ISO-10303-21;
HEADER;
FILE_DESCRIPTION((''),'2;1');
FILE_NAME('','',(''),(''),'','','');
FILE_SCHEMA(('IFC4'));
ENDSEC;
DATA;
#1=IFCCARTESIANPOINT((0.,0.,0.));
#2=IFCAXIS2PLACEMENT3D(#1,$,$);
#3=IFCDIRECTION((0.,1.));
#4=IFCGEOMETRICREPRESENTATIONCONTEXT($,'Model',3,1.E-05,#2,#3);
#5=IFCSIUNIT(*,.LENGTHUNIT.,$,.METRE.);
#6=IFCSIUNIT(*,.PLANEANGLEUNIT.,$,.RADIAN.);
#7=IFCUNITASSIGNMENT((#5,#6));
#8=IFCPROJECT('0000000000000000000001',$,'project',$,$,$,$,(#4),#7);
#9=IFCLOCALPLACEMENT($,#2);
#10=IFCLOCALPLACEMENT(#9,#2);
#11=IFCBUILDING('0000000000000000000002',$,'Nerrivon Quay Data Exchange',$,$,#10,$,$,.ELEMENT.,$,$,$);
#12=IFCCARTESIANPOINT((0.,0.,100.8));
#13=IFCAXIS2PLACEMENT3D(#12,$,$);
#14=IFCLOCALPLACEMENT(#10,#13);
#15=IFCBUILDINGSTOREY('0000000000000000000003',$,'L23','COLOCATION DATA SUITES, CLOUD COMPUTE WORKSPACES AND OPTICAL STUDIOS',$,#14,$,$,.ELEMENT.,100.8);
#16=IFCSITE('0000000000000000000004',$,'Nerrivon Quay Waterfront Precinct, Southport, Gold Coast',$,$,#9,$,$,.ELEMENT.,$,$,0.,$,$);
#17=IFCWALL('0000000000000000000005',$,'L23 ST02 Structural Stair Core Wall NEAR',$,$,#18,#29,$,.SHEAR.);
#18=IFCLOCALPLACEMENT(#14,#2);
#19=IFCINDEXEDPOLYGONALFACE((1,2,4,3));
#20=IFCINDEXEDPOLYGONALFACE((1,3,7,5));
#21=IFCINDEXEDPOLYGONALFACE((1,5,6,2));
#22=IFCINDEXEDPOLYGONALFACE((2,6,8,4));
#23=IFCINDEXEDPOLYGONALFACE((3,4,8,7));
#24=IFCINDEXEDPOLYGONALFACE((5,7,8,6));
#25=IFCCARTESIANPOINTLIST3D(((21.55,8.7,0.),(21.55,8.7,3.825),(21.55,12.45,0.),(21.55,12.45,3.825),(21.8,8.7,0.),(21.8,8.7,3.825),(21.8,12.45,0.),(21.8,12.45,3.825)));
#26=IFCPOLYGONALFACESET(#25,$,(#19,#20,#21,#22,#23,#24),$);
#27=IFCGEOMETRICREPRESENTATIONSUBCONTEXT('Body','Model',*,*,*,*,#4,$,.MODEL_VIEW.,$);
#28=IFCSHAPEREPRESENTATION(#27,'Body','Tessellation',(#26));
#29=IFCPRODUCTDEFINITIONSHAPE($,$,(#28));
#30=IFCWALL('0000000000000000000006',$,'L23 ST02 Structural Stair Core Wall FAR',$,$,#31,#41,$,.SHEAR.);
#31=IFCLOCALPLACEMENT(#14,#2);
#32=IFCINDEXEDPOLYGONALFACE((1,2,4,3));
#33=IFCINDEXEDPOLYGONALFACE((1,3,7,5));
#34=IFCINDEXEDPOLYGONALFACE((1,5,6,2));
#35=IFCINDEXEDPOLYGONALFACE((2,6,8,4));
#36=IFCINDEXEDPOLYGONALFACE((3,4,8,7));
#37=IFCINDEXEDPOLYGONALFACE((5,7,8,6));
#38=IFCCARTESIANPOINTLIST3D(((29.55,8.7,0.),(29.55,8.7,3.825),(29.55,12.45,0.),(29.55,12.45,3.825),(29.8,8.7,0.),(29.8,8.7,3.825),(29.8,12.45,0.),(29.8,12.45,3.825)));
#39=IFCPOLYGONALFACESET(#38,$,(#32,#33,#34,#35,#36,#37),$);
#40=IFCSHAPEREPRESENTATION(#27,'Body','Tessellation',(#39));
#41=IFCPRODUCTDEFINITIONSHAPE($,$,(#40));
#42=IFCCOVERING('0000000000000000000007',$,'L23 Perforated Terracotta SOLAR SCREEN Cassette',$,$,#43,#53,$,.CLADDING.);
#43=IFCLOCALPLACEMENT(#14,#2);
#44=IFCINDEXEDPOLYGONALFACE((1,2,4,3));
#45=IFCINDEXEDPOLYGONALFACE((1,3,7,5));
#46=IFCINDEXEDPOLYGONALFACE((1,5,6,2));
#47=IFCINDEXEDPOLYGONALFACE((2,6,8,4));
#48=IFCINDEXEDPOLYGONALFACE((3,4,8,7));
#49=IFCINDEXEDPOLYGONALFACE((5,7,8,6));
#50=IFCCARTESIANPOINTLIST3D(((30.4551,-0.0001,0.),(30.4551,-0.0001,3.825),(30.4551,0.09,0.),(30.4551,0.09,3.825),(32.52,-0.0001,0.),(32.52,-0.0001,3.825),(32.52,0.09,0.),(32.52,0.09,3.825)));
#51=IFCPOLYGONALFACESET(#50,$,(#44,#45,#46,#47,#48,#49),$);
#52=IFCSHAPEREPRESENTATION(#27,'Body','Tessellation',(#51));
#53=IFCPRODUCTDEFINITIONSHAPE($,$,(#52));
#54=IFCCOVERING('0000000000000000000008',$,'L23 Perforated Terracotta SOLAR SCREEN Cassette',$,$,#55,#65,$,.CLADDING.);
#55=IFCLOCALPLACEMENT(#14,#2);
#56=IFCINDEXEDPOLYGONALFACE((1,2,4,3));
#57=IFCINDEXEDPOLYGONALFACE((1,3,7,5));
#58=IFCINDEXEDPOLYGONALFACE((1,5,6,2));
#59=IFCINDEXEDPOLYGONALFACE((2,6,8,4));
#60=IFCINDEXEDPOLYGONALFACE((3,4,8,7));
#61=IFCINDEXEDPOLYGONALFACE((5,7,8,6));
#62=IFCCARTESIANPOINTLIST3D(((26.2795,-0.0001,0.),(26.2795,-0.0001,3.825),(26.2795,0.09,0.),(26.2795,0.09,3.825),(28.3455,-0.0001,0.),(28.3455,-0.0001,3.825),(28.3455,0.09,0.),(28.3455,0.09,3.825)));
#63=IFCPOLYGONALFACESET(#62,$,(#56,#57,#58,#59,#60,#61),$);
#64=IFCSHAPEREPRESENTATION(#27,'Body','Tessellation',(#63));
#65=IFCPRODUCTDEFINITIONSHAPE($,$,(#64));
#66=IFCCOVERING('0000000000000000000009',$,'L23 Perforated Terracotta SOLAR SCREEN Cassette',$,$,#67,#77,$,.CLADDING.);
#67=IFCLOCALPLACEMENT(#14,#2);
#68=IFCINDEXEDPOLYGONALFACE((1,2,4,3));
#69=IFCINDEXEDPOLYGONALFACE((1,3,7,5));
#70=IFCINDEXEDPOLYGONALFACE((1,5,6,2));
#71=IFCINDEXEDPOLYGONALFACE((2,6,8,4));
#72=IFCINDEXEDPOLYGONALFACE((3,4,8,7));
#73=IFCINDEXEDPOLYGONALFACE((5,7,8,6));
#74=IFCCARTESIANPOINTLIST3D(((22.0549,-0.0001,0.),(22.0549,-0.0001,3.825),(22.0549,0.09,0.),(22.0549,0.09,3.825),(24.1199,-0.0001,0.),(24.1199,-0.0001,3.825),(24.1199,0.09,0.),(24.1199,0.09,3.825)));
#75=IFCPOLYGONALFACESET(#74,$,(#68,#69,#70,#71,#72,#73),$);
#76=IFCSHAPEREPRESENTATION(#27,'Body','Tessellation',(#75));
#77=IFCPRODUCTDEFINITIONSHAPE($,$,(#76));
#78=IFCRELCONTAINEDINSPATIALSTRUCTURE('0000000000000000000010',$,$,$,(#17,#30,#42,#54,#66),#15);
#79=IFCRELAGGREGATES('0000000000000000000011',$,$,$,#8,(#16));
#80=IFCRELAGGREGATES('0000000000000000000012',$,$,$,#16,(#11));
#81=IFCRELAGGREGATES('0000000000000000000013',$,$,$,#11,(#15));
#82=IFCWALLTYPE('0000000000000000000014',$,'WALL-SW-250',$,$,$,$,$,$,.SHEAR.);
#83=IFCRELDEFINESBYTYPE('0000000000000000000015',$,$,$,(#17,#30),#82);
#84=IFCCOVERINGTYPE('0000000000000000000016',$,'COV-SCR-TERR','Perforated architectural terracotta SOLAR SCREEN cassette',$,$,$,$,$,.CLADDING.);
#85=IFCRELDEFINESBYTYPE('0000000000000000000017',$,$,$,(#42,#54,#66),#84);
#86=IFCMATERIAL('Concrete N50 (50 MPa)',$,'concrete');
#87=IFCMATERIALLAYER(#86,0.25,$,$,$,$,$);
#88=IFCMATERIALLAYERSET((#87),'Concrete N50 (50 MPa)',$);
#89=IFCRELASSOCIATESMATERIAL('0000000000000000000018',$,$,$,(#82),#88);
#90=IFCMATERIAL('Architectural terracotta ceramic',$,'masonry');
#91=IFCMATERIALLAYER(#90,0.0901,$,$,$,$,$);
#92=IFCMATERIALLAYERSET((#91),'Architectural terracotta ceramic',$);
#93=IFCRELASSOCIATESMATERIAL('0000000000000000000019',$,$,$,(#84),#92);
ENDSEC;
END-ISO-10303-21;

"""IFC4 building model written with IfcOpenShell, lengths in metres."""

from ifc_helpers import new_model, si_unit, direction, frame, frame_2d, origin, origin_2d, place, context, subcontext, project, spatial, rectangle, extrude, material, layer, layer_set, type_object, element, save


model = new_model("IFC4")

# Units and contexts
model_context = context("Model", 3, precision=1e-05, world=origin(), true_north=direction((0.0, 1.0)))
body_context = subcontext(model_context, "Body", "Model", "MODEL_VIEW")
ifc_project = project(units=[si_unit("LENGTHUNIT", "METRE"), si_unit("PLANEANGLEUNIT", "RADIAN")], contexts=[model_context])

# Site, building, storey
site_placement = place(None, origin())
site = spatial("IfcSite", under=ifc_project, at=site_placement, Name="Nerrivon Quay Waterfront Precinct, Southport, Gold Coast", CompositionType="ELEMENT", RefElevation=0.0)
building_placement = place(site_placement, origin())
building = spatial("IfcBuilding", under=site, at=building_placement, Name="Nerrivon Quay Data Exchange", CompositionType="ELEMENT")
storey_placement = place(building_placement, frame((0.0, 0.0, 100.8)))
storey = spatial("IfcBuildingStorey", under=building, at=storey_placement, Name="L23", Description="COLOCATION DATA SUITES, CLOUD COMPUTE WORKSPACES AND OPTICAL STUDIOS", CompositionType="ELEMENT", Elevation=100.8)

# Shared definitions
ifc_material_1 = material(Name="Concrete N50 (50 MPa)", Category="concrete")

# Walls
ifc_layer_1 = layer(ifc_material_1, 0.25)
ifc_layer_set_1 = layer_set([ifc_layer_1], Name="Concrete N50 (50 MPa)")
wall_type_1 = type_object("IfcWallType", Name="WALL-SW-250", PredefinedType="SHEAR", material=ifc_layer_set_1)
for number, where, z_axis, x_axis, name in (
    (1, (21.675, 8.7, 0.0), (0.0, 0.0, 1.0), (0.0, 1.0, 0.0), "L23 ST02 Structural Stair Core Wall NEAR"),
    (2, (29.675, 8.7, 0.0), (0.0, 0.0, 1.0), (0.0, 1.0, 0.0), "L23 ST02 Structural Stair Core Wall FAR"),
):
    element("IfcWall", number, at=place(storey_placement, frame(where, z_axis=z_axis, x_axis=x_axis)), inside=storey, type_object=wall_type_1, Name=name, PredefinedType="SHEAR", context=body_context, shape_type="SweptSolid", body=[
        extrude(rectangle(XDim=3.75, YDim=0.25, at=frame_2d((1.875, 0.0))), origin(), (0.0, 0.0, 1.0), 3.825),
    ])

# Coverings
ifc_material_2 = material(Name="Architectural terracotta ceramic", Category="masonry")
ifc_layer_2 = layer(ifc_material_2, 0.0901)
ifc_layer_set_2 = layer_set([ifc_layer_2], Name="Architectural terracotta ceramic")
covering_type = type_object("IfcCoveringType", Name="COV-SCR-TERR", Description="Perforated architectural terracotta SOLAR SCREEN cassette", PredefinedType="CLADDING", material=ifc_layer_set_2)
covering_1_placement = place(storey_placement, frame((31.4875, 0.0449, 0.0), z_axis=(0.0, 0.0, 1.0), x_axis=(-1.0, 0.0, 0.0)))
element("IfcCovering", 3, at=covering_1_placement, inside=storey, type_object=covering_type, Name="L23 Perforated Terracotta SOLAR SCREEN Cassette", PredefinedType="CLADDING", context=body_context, shape_type="SweptSolid", body=[
    extrude(rectangle(XDim=2.0649, YDim=0.0901, at=origin_2d()), origin(), (0.0, 0.0, 1.0), 3.825),
])
covering_2_placement = place(storey_placement, frame((27.3125, 0.0449, 0.0), z_axis=(0.0, 0.0, 1.0), x_axis=(-1.0, 0.0, 0.0)))
element("IfcCovering", 4, at=covering_2_placement, inside=storey, type_object=covering_type, Name="L23 Perforated Terracotta SOLAR SCREEN Cassette", PredefinedType="CLADDING", context=body_context, shape_type="SweptSolid", body=[
    extrude(rectangle(XDim=2.0659, YDim=0.0901, at=origin_2d()), origin(), (0.0, 0.0, 1.0), 3.825),
])
covering_3_placement = place(storey_placement, frame((23.0874, 0.0449, 0.0), z_axis=(0.0, 0.0, 1.0), x_axis=(-1.0, 0.0, 0.0)))
element("IfcCovering", 5, at=covering_3_placement, inside=storey, type_object=covering_type, Name="L23 Perforated Terracotta SOLAR SCREEN Cassette", PredefinedType="CLADDING", context=body_context, shape_type="SweptSolid", body=[
    extrude(rectangle(XDim=2.0649, YDim=0.0901, at=origin_2d()), origin(), (0.0, 0.0, 1.0), 3.825),
])

save(model, "model.ifc")
